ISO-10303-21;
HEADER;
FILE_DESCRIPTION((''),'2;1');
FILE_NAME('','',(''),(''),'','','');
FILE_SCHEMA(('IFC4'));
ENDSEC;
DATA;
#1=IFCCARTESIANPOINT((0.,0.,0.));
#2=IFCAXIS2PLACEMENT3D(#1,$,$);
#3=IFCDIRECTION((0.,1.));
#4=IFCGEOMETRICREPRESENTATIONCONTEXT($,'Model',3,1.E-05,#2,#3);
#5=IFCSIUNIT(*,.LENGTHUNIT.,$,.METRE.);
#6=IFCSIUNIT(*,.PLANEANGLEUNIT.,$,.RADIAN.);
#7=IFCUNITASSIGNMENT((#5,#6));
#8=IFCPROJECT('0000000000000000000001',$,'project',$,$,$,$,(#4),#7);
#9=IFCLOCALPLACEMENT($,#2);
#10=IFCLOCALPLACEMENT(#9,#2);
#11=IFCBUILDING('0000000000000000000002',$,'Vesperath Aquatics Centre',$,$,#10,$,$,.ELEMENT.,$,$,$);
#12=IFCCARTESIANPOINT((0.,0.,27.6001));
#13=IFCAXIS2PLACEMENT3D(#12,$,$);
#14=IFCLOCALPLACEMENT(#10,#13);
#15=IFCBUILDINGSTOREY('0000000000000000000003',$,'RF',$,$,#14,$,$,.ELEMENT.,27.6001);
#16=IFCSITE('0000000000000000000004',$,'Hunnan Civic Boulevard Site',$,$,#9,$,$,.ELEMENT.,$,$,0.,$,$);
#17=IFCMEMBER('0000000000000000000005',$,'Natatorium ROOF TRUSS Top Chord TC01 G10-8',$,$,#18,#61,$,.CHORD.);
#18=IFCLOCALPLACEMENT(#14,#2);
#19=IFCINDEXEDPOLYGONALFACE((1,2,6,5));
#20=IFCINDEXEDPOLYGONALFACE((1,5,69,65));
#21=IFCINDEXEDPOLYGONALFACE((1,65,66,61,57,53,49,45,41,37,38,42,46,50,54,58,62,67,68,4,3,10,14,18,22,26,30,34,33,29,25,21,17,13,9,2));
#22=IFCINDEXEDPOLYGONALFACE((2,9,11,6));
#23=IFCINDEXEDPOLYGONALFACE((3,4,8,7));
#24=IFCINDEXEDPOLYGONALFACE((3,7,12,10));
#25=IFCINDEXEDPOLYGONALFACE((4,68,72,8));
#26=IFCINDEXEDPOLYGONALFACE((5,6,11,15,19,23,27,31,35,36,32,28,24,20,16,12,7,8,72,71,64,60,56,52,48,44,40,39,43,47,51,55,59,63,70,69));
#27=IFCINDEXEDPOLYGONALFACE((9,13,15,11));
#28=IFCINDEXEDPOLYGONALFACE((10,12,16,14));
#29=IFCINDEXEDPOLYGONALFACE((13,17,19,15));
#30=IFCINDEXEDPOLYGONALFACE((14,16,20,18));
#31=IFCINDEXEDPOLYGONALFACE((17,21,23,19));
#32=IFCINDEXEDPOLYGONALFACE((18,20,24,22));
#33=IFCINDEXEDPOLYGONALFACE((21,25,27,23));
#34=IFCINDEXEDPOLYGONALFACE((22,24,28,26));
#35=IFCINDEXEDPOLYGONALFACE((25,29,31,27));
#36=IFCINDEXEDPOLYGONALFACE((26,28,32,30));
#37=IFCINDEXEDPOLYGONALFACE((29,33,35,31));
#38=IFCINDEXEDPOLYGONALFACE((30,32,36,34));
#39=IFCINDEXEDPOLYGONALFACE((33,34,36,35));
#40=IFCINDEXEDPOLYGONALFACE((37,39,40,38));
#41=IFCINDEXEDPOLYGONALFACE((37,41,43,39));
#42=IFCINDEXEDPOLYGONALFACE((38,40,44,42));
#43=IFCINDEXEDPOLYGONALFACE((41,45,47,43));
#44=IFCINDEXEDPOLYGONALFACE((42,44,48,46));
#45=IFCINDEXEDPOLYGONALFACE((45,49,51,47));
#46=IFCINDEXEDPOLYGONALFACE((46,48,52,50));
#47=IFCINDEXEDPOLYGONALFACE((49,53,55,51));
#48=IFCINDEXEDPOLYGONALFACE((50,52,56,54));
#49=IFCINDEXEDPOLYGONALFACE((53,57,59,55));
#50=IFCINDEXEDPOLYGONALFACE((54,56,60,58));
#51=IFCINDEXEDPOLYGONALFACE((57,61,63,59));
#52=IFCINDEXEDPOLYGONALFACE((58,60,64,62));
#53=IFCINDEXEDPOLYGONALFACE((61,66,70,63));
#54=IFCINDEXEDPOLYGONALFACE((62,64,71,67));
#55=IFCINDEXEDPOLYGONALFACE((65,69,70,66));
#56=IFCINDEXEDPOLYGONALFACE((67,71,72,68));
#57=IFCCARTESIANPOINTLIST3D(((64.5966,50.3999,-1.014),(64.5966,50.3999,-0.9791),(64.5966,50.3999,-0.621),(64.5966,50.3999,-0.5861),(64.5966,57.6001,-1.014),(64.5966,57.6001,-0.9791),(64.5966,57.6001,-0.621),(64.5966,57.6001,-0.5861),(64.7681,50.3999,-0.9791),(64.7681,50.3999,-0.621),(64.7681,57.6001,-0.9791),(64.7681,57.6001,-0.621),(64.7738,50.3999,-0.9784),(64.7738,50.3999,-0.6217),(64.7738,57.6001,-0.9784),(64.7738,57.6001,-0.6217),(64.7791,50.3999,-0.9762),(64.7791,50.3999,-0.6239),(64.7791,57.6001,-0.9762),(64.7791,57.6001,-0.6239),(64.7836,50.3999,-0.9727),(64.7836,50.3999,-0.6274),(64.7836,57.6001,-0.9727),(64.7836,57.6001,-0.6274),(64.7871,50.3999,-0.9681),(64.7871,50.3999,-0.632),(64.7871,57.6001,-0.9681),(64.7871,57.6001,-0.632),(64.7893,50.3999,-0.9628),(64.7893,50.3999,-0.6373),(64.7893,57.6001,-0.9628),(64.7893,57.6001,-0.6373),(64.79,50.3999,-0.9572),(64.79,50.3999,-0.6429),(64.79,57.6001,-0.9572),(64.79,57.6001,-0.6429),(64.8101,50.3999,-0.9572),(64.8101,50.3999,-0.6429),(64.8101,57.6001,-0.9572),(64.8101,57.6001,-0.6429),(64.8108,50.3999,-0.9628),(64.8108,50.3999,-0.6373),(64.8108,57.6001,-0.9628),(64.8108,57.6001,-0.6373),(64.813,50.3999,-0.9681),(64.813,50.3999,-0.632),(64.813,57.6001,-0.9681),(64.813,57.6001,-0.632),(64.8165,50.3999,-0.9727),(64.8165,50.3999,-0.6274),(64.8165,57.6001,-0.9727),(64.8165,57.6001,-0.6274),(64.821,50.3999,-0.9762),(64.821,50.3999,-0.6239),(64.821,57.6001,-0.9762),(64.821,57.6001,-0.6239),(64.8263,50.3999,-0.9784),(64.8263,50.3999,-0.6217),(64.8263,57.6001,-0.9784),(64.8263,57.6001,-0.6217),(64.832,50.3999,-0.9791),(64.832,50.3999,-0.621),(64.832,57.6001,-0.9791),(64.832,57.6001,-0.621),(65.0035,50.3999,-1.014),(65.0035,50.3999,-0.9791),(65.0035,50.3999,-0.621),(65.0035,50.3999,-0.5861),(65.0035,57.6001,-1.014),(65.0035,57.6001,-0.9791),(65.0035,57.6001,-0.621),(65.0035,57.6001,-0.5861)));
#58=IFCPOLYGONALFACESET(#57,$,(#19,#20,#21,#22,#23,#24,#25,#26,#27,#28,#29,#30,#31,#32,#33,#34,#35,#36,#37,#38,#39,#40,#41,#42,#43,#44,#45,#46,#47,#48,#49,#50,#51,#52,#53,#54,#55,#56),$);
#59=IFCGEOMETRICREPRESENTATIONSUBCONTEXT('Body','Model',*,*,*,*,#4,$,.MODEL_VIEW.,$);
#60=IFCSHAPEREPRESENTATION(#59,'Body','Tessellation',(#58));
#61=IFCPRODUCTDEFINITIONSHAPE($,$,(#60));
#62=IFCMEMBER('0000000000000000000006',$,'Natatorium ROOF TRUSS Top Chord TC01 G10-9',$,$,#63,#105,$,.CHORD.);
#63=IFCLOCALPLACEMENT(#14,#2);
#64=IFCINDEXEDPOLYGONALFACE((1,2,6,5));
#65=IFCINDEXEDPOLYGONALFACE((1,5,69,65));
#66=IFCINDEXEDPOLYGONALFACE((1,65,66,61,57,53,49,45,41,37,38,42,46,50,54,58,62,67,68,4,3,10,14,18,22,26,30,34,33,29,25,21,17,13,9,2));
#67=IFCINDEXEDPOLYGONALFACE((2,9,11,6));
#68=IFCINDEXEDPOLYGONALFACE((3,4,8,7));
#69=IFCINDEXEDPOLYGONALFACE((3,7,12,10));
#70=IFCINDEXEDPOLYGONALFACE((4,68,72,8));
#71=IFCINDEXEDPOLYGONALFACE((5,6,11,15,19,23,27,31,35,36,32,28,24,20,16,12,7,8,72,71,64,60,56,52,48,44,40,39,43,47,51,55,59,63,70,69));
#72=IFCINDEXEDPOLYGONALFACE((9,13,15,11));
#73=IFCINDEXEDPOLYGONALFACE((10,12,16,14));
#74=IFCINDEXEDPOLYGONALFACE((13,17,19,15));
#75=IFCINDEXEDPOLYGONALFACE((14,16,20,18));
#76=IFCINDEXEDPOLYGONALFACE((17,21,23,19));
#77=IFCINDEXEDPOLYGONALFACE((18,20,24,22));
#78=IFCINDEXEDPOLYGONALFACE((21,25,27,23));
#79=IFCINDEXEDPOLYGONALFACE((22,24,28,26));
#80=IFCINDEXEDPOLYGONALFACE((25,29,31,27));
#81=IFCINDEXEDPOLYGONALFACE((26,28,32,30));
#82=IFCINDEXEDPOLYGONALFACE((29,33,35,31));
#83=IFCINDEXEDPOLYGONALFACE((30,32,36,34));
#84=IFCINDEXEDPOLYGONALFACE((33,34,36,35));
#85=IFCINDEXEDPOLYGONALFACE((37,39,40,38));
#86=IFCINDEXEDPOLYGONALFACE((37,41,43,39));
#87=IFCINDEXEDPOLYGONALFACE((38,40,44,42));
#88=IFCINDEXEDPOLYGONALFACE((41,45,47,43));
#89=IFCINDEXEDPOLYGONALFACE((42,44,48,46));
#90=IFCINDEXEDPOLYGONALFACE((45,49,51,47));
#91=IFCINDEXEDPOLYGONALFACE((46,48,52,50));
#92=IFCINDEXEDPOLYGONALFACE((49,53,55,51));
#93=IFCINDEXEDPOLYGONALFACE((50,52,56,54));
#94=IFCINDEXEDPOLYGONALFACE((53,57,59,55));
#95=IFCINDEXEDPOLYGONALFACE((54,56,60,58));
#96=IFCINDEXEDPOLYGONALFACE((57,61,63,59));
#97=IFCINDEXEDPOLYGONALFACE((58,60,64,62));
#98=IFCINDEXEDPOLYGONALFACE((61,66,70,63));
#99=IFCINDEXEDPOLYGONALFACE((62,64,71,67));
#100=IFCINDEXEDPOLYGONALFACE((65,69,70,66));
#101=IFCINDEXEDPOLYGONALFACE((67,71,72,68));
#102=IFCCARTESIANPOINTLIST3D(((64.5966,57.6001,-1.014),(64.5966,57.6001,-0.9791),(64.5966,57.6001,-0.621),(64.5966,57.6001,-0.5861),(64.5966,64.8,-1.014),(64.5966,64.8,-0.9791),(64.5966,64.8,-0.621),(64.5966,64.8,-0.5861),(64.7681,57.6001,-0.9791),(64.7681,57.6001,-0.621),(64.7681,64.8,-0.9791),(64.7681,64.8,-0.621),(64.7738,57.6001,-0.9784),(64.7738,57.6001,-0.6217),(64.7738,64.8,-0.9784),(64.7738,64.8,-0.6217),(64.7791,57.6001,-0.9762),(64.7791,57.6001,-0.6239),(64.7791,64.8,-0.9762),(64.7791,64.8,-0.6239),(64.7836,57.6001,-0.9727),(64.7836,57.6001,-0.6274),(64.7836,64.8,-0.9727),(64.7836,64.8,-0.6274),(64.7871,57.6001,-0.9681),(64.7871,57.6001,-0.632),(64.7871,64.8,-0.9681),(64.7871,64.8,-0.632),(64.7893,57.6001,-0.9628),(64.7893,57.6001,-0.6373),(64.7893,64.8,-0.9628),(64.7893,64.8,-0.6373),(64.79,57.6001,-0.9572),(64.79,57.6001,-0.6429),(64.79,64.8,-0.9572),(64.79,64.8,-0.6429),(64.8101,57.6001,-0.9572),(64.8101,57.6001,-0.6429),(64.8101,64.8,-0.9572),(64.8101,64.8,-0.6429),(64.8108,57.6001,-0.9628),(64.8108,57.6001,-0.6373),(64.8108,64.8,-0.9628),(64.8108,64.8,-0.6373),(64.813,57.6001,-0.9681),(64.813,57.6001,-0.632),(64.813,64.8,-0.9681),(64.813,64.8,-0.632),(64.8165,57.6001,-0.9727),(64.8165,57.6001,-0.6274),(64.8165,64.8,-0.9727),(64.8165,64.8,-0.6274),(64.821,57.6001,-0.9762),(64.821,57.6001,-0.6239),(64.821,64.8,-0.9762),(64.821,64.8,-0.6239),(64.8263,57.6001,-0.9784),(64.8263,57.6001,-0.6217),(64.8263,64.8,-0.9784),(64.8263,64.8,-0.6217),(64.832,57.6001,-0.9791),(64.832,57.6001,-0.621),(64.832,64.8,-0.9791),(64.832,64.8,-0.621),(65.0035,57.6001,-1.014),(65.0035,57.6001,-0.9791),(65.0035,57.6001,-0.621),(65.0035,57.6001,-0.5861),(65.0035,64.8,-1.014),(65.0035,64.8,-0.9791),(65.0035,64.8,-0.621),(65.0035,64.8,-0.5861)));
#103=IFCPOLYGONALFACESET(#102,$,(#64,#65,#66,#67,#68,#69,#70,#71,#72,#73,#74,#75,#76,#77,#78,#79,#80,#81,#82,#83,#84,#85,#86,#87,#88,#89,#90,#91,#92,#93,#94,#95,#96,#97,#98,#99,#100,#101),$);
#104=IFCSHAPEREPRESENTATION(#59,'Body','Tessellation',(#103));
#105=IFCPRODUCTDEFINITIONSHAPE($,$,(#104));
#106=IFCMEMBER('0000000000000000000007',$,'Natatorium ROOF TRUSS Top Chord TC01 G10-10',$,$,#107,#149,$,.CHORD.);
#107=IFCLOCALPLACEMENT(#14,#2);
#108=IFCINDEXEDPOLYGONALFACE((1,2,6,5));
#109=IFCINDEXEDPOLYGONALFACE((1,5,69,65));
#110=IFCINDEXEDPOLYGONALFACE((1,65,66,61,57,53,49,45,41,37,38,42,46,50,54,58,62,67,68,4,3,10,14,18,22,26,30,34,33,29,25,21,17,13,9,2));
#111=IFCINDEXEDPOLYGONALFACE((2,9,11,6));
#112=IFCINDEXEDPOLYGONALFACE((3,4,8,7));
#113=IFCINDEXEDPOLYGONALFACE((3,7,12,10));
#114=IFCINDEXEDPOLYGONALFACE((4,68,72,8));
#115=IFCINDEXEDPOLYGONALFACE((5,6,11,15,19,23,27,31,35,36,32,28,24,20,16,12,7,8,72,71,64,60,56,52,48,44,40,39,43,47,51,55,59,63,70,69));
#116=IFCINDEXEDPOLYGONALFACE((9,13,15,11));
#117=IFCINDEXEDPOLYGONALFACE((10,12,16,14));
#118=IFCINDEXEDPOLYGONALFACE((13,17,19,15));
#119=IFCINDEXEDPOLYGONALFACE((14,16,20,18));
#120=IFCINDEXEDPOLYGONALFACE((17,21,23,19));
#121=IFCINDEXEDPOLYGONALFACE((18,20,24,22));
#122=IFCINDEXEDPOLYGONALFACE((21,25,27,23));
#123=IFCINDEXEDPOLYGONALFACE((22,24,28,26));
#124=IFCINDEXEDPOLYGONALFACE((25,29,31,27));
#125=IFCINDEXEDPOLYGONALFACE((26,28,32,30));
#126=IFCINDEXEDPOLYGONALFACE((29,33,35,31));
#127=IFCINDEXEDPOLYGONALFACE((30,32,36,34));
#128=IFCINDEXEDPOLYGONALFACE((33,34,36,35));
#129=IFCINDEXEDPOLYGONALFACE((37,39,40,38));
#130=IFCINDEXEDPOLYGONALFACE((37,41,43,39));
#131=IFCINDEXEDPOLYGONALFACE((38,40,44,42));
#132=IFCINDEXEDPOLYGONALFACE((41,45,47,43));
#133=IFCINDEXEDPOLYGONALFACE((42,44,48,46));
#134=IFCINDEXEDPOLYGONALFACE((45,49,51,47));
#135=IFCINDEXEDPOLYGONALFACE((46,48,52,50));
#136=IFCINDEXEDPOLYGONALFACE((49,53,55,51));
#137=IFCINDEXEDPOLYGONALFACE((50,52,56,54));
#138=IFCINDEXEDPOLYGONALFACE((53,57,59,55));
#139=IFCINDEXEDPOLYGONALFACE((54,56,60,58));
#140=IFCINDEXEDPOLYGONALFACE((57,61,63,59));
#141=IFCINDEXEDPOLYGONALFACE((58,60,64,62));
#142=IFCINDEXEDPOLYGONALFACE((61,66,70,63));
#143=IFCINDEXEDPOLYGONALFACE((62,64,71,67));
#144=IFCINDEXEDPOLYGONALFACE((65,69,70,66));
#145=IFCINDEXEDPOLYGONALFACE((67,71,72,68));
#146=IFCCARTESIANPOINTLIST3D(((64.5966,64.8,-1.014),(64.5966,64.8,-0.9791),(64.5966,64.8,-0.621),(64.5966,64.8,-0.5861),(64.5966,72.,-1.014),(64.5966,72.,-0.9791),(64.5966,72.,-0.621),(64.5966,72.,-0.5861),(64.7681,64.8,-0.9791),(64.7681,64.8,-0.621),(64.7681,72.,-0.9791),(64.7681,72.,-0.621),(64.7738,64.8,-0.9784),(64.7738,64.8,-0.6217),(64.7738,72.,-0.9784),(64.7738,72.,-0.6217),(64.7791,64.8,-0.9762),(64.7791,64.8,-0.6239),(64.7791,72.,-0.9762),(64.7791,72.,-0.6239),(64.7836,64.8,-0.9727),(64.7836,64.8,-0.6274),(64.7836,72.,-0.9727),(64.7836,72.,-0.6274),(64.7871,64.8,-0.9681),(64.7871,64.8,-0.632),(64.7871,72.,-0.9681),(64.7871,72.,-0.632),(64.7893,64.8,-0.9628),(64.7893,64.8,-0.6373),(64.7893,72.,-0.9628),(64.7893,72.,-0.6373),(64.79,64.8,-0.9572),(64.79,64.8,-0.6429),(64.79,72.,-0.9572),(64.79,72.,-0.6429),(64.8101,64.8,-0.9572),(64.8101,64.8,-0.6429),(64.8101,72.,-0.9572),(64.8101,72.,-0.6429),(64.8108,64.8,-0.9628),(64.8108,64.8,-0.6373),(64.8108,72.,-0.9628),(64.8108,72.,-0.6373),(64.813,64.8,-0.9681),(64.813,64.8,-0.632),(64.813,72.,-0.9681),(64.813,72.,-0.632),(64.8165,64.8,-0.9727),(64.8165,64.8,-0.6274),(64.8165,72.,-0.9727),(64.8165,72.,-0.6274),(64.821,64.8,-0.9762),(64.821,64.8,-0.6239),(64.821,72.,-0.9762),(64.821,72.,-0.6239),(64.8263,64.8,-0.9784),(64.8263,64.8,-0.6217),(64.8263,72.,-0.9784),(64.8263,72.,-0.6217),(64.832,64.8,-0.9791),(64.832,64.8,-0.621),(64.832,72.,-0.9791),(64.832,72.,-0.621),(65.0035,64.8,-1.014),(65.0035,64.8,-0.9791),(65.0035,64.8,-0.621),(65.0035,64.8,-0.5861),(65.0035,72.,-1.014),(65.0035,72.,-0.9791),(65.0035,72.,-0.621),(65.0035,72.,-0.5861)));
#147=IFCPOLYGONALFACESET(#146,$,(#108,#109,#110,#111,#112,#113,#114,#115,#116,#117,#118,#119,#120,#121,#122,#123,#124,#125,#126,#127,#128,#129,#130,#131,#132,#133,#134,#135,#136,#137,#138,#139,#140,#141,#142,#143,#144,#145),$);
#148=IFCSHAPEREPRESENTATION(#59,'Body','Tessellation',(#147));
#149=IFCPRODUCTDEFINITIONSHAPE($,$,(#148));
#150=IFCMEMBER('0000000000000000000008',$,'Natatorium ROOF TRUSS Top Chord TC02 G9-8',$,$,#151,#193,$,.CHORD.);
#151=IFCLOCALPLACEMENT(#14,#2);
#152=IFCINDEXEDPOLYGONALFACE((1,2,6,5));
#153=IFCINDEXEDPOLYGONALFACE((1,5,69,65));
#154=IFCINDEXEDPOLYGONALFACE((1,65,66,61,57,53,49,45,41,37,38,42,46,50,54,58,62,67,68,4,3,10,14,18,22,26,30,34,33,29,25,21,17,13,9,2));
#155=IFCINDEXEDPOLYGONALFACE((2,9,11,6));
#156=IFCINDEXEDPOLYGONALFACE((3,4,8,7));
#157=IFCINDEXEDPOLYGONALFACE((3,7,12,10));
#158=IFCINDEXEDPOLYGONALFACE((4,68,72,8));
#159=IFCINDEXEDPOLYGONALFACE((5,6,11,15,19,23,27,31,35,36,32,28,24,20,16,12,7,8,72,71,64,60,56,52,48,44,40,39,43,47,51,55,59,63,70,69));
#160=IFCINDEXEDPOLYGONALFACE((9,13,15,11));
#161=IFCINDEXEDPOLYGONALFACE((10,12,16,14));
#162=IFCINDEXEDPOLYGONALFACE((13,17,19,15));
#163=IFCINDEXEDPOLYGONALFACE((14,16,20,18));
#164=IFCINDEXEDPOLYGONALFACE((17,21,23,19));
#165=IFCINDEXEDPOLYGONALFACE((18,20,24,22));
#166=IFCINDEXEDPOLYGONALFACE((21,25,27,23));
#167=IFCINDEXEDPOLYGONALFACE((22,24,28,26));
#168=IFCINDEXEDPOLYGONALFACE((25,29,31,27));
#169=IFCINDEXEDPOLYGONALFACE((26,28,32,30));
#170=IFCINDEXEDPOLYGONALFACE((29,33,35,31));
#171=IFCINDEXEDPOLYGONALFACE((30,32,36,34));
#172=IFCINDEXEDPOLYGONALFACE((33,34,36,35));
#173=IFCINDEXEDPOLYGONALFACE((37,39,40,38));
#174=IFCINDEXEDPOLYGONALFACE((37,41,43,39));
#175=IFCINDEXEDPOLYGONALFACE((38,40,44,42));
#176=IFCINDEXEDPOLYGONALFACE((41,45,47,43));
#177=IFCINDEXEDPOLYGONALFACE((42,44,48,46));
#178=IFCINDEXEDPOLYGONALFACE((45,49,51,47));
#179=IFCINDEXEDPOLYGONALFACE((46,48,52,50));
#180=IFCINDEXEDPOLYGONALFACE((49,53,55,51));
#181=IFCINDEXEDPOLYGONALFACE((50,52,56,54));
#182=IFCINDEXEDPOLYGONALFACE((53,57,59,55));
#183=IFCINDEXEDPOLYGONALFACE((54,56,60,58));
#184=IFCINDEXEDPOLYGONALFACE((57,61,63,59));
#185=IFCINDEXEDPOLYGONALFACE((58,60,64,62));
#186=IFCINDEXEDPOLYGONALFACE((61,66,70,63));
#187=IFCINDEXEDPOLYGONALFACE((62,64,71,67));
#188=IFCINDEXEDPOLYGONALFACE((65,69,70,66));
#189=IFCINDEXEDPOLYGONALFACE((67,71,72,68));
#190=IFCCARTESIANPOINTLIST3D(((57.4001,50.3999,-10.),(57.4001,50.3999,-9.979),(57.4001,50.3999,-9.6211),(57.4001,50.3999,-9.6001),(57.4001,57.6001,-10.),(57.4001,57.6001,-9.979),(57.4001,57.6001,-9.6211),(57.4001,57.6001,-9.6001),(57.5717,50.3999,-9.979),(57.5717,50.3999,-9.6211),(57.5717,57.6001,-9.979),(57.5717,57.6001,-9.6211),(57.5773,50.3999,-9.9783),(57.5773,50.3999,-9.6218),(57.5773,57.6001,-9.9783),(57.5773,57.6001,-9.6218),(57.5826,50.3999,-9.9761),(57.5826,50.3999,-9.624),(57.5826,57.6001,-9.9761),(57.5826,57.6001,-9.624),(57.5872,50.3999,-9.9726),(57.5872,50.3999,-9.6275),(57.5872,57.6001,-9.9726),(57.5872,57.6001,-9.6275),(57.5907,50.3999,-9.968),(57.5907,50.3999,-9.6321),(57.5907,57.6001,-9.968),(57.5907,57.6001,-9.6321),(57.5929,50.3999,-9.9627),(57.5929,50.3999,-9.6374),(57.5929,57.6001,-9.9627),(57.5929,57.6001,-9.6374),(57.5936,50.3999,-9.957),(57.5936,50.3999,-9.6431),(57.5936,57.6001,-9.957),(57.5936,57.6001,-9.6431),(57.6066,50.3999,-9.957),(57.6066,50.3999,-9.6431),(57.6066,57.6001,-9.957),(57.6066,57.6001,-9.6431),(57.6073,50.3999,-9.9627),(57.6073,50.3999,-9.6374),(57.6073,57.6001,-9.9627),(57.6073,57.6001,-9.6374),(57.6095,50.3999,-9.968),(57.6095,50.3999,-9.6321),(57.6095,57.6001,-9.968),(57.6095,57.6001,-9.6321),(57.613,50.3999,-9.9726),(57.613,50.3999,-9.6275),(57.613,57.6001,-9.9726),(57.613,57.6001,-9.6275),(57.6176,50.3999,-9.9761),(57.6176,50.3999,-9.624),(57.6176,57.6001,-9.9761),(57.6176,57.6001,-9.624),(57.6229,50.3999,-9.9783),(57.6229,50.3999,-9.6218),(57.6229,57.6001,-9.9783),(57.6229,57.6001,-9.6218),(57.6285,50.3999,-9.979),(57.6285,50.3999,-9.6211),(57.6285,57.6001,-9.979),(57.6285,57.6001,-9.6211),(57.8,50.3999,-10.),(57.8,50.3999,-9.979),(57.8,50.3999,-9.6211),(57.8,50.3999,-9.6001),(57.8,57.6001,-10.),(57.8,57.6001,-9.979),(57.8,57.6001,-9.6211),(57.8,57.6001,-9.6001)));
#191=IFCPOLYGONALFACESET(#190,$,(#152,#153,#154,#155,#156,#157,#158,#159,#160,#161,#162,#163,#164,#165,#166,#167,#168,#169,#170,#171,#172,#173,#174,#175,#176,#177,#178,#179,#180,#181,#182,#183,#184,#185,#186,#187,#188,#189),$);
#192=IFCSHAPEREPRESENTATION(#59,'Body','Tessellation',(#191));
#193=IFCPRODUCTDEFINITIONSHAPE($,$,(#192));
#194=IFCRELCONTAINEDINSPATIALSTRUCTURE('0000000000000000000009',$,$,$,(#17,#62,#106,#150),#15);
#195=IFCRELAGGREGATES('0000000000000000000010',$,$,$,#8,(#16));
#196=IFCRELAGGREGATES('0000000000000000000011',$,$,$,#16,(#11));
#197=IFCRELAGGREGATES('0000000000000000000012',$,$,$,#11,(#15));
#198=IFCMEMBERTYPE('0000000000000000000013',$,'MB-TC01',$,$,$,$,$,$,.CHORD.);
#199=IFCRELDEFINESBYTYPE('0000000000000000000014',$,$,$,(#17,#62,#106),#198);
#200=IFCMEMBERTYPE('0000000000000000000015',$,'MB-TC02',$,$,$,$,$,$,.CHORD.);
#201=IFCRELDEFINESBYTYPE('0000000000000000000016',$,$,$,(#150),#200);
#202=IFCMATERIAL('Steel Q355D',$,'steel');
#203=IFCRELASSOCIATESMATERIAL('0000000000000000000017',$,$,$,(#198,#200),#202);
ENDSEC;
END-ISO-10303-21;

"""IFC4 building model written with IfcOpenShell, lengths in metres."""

from ifc_helpers import new_model, si_unit, direction, frame, origin, origin_2d, place, context, subcontext, project, spatial, i_section, extrude, material, material_profile, profile_set, type_object, element, save


model = new_model("IFC4")

# Units and contexts
model_context = context("Model", 3, precision=1e-05, world=origin(), true_north=direction((0.0, 1.0)))
body_context = subcontext(model_context, "Body", "Model", "MODEL_VIEW")
ifc_project = project(units=[si_unit("LENGTHUNIT", "METRE"), si_unit("PLANEANGLEUNIT", "RADIAN")], contexts=[model_context])

# Site, building, storey
site_placement = place(None, origin())
site = spatial("IfcSite", under=ifc_project, at=site_placement, Name="Hunnan Civic Boulevard Site", CompositionType="ELEMENT", RefElevation=0.0)
building_placement = place(site_placement, origin())
building = spatial("IfcBuilding", under=site, at=building_placement, Name="Vesperath Aquatics Centre", CompositionType="ELEMENT")
storey_placement = place(building_placement, frame((0.0, 0.0, 27.6001)))
storey = spatial("IfcBuildingStorey", under=building, at=storey_placement, Name="RF", CompositionType="ELEMENT", Elevation=27.6001)

# Members
ifc_material_1 = material(Name="Steel Q355D", Category="steel")
ifc_material_profile_1 = material_profile(ifc_material_1, i_section(OverallWidth=0.407, OverallDepth=0.428, WebThickness=0.02, FlangeThickness=0.0349, FilletRadius=0.022, at=origin_2d()), Name="HW 428x407x20x35")
ifc_profile_set_1 = profile_set([ifc_material_profile_1], Name="Steel Q355D")
member_type_1 = type_object("IfcMemberType", Name="MB-TC01", PredefinedType="CHORD", material=ifc_profile_set_1)
member_1_placement = place(storey_placement, frame((64.8, 50.3999, -0.8), z_axis=(0.0, 1.0, 0.0), x_axis=(-1.0, 0.0, 0.0)))
element("IfcMember", 1, at=member_1_placement, inside=storey, type_object=member_type_1, Name="Natatorium ROOF TRUSS Top Chord TC01 G10-8", PredefinedType="CHORD", context=body_context, shape_type="SweptSolid", body=[
    extrude(i_section(OverallWidth=0.407, OverallDepth=0.428, WebThickness=0.02, FlangeThickness=0.0349, FilletRadius=0.022, at=origin_2d()), origin(), (0.0, 0.0, 1.0), 7.2002),
])
for number, where, z_axis, x_axis, name in (
    (2, (64.8, 57.6001, -0.8), (0.0, 1.0, 0.0), (-1.0, 0.0, 0.0), "Natatorium ROOF TRUSS Top Chord TC01 G10-9"),
    (3, (64.8, 64.8, -0.8), (0.0, 1.0, 0.0), (-1.0, 0.0, 0.0), "Natatorium ROOF TRUSS Top Chord TC01 G10-10"),
):
    element("IfcMember", number, at=place(storey_placement, frame(where, z_axis=z_axis, x_axis=x_axis)), inside=storey, type_object=member_type_1, Name=name, PredefinedType="CHORD", context=body_context, shape_type="SweptSolid", body=[
        extrude(i_section(OverallWidth=0.407, OverallDepth=0.428, WebThickness=0.02, FlangeThickness=0.0349, FilletRadius=0.022, at=origin_2d()), origin(), (0.0, 0.0, 1.0), 7.2),
    ])
ifc_material_profile_2 = material_profile(ifc_material_1, i_section(OverallWidth=0.3999, OverallDepth=0.3999, WebThickness=0.0129, FlangeThickness=0.021, FilletRadius=0.022, at=origin_2d()), Name="HW 400x400x13x21")
ifc_profile_set_2 = profile_set([ifc_material_profile_2], Name="Steel Q355D")
member_type_2 = type_object("IfcMemberType", Name="MB-TC02", PredefinedType="CHORD", material=ifc_profile_set_2)
member_2_placement = place(storey_placement, frame((57.6001, 50.3999, -9.8), z_axis=(0.0, 1.0, 0.0), x_axis=(-1.0, 0.0, 0.0)))
element("IfcMember", 4, at=member_2_placement, inside=storey, type_object=member_type_2, Name="Natatorium ROOF TRUSS Top Chord TC02 G9-8", PredefinedType="CHORD", context=body_context, shape_type="SweptSolid", body=[
    extrude(i_section(OverallWidth=0.3999, OverallDepth=0.3999, WebThickness=0.0129, FlangeThickness=0.021, FilletRadius=0.022, at=origin_2d()), origin(), (0.0, 0.0, 1.0), 7.2002),
])

save(model, "model.ifc")
